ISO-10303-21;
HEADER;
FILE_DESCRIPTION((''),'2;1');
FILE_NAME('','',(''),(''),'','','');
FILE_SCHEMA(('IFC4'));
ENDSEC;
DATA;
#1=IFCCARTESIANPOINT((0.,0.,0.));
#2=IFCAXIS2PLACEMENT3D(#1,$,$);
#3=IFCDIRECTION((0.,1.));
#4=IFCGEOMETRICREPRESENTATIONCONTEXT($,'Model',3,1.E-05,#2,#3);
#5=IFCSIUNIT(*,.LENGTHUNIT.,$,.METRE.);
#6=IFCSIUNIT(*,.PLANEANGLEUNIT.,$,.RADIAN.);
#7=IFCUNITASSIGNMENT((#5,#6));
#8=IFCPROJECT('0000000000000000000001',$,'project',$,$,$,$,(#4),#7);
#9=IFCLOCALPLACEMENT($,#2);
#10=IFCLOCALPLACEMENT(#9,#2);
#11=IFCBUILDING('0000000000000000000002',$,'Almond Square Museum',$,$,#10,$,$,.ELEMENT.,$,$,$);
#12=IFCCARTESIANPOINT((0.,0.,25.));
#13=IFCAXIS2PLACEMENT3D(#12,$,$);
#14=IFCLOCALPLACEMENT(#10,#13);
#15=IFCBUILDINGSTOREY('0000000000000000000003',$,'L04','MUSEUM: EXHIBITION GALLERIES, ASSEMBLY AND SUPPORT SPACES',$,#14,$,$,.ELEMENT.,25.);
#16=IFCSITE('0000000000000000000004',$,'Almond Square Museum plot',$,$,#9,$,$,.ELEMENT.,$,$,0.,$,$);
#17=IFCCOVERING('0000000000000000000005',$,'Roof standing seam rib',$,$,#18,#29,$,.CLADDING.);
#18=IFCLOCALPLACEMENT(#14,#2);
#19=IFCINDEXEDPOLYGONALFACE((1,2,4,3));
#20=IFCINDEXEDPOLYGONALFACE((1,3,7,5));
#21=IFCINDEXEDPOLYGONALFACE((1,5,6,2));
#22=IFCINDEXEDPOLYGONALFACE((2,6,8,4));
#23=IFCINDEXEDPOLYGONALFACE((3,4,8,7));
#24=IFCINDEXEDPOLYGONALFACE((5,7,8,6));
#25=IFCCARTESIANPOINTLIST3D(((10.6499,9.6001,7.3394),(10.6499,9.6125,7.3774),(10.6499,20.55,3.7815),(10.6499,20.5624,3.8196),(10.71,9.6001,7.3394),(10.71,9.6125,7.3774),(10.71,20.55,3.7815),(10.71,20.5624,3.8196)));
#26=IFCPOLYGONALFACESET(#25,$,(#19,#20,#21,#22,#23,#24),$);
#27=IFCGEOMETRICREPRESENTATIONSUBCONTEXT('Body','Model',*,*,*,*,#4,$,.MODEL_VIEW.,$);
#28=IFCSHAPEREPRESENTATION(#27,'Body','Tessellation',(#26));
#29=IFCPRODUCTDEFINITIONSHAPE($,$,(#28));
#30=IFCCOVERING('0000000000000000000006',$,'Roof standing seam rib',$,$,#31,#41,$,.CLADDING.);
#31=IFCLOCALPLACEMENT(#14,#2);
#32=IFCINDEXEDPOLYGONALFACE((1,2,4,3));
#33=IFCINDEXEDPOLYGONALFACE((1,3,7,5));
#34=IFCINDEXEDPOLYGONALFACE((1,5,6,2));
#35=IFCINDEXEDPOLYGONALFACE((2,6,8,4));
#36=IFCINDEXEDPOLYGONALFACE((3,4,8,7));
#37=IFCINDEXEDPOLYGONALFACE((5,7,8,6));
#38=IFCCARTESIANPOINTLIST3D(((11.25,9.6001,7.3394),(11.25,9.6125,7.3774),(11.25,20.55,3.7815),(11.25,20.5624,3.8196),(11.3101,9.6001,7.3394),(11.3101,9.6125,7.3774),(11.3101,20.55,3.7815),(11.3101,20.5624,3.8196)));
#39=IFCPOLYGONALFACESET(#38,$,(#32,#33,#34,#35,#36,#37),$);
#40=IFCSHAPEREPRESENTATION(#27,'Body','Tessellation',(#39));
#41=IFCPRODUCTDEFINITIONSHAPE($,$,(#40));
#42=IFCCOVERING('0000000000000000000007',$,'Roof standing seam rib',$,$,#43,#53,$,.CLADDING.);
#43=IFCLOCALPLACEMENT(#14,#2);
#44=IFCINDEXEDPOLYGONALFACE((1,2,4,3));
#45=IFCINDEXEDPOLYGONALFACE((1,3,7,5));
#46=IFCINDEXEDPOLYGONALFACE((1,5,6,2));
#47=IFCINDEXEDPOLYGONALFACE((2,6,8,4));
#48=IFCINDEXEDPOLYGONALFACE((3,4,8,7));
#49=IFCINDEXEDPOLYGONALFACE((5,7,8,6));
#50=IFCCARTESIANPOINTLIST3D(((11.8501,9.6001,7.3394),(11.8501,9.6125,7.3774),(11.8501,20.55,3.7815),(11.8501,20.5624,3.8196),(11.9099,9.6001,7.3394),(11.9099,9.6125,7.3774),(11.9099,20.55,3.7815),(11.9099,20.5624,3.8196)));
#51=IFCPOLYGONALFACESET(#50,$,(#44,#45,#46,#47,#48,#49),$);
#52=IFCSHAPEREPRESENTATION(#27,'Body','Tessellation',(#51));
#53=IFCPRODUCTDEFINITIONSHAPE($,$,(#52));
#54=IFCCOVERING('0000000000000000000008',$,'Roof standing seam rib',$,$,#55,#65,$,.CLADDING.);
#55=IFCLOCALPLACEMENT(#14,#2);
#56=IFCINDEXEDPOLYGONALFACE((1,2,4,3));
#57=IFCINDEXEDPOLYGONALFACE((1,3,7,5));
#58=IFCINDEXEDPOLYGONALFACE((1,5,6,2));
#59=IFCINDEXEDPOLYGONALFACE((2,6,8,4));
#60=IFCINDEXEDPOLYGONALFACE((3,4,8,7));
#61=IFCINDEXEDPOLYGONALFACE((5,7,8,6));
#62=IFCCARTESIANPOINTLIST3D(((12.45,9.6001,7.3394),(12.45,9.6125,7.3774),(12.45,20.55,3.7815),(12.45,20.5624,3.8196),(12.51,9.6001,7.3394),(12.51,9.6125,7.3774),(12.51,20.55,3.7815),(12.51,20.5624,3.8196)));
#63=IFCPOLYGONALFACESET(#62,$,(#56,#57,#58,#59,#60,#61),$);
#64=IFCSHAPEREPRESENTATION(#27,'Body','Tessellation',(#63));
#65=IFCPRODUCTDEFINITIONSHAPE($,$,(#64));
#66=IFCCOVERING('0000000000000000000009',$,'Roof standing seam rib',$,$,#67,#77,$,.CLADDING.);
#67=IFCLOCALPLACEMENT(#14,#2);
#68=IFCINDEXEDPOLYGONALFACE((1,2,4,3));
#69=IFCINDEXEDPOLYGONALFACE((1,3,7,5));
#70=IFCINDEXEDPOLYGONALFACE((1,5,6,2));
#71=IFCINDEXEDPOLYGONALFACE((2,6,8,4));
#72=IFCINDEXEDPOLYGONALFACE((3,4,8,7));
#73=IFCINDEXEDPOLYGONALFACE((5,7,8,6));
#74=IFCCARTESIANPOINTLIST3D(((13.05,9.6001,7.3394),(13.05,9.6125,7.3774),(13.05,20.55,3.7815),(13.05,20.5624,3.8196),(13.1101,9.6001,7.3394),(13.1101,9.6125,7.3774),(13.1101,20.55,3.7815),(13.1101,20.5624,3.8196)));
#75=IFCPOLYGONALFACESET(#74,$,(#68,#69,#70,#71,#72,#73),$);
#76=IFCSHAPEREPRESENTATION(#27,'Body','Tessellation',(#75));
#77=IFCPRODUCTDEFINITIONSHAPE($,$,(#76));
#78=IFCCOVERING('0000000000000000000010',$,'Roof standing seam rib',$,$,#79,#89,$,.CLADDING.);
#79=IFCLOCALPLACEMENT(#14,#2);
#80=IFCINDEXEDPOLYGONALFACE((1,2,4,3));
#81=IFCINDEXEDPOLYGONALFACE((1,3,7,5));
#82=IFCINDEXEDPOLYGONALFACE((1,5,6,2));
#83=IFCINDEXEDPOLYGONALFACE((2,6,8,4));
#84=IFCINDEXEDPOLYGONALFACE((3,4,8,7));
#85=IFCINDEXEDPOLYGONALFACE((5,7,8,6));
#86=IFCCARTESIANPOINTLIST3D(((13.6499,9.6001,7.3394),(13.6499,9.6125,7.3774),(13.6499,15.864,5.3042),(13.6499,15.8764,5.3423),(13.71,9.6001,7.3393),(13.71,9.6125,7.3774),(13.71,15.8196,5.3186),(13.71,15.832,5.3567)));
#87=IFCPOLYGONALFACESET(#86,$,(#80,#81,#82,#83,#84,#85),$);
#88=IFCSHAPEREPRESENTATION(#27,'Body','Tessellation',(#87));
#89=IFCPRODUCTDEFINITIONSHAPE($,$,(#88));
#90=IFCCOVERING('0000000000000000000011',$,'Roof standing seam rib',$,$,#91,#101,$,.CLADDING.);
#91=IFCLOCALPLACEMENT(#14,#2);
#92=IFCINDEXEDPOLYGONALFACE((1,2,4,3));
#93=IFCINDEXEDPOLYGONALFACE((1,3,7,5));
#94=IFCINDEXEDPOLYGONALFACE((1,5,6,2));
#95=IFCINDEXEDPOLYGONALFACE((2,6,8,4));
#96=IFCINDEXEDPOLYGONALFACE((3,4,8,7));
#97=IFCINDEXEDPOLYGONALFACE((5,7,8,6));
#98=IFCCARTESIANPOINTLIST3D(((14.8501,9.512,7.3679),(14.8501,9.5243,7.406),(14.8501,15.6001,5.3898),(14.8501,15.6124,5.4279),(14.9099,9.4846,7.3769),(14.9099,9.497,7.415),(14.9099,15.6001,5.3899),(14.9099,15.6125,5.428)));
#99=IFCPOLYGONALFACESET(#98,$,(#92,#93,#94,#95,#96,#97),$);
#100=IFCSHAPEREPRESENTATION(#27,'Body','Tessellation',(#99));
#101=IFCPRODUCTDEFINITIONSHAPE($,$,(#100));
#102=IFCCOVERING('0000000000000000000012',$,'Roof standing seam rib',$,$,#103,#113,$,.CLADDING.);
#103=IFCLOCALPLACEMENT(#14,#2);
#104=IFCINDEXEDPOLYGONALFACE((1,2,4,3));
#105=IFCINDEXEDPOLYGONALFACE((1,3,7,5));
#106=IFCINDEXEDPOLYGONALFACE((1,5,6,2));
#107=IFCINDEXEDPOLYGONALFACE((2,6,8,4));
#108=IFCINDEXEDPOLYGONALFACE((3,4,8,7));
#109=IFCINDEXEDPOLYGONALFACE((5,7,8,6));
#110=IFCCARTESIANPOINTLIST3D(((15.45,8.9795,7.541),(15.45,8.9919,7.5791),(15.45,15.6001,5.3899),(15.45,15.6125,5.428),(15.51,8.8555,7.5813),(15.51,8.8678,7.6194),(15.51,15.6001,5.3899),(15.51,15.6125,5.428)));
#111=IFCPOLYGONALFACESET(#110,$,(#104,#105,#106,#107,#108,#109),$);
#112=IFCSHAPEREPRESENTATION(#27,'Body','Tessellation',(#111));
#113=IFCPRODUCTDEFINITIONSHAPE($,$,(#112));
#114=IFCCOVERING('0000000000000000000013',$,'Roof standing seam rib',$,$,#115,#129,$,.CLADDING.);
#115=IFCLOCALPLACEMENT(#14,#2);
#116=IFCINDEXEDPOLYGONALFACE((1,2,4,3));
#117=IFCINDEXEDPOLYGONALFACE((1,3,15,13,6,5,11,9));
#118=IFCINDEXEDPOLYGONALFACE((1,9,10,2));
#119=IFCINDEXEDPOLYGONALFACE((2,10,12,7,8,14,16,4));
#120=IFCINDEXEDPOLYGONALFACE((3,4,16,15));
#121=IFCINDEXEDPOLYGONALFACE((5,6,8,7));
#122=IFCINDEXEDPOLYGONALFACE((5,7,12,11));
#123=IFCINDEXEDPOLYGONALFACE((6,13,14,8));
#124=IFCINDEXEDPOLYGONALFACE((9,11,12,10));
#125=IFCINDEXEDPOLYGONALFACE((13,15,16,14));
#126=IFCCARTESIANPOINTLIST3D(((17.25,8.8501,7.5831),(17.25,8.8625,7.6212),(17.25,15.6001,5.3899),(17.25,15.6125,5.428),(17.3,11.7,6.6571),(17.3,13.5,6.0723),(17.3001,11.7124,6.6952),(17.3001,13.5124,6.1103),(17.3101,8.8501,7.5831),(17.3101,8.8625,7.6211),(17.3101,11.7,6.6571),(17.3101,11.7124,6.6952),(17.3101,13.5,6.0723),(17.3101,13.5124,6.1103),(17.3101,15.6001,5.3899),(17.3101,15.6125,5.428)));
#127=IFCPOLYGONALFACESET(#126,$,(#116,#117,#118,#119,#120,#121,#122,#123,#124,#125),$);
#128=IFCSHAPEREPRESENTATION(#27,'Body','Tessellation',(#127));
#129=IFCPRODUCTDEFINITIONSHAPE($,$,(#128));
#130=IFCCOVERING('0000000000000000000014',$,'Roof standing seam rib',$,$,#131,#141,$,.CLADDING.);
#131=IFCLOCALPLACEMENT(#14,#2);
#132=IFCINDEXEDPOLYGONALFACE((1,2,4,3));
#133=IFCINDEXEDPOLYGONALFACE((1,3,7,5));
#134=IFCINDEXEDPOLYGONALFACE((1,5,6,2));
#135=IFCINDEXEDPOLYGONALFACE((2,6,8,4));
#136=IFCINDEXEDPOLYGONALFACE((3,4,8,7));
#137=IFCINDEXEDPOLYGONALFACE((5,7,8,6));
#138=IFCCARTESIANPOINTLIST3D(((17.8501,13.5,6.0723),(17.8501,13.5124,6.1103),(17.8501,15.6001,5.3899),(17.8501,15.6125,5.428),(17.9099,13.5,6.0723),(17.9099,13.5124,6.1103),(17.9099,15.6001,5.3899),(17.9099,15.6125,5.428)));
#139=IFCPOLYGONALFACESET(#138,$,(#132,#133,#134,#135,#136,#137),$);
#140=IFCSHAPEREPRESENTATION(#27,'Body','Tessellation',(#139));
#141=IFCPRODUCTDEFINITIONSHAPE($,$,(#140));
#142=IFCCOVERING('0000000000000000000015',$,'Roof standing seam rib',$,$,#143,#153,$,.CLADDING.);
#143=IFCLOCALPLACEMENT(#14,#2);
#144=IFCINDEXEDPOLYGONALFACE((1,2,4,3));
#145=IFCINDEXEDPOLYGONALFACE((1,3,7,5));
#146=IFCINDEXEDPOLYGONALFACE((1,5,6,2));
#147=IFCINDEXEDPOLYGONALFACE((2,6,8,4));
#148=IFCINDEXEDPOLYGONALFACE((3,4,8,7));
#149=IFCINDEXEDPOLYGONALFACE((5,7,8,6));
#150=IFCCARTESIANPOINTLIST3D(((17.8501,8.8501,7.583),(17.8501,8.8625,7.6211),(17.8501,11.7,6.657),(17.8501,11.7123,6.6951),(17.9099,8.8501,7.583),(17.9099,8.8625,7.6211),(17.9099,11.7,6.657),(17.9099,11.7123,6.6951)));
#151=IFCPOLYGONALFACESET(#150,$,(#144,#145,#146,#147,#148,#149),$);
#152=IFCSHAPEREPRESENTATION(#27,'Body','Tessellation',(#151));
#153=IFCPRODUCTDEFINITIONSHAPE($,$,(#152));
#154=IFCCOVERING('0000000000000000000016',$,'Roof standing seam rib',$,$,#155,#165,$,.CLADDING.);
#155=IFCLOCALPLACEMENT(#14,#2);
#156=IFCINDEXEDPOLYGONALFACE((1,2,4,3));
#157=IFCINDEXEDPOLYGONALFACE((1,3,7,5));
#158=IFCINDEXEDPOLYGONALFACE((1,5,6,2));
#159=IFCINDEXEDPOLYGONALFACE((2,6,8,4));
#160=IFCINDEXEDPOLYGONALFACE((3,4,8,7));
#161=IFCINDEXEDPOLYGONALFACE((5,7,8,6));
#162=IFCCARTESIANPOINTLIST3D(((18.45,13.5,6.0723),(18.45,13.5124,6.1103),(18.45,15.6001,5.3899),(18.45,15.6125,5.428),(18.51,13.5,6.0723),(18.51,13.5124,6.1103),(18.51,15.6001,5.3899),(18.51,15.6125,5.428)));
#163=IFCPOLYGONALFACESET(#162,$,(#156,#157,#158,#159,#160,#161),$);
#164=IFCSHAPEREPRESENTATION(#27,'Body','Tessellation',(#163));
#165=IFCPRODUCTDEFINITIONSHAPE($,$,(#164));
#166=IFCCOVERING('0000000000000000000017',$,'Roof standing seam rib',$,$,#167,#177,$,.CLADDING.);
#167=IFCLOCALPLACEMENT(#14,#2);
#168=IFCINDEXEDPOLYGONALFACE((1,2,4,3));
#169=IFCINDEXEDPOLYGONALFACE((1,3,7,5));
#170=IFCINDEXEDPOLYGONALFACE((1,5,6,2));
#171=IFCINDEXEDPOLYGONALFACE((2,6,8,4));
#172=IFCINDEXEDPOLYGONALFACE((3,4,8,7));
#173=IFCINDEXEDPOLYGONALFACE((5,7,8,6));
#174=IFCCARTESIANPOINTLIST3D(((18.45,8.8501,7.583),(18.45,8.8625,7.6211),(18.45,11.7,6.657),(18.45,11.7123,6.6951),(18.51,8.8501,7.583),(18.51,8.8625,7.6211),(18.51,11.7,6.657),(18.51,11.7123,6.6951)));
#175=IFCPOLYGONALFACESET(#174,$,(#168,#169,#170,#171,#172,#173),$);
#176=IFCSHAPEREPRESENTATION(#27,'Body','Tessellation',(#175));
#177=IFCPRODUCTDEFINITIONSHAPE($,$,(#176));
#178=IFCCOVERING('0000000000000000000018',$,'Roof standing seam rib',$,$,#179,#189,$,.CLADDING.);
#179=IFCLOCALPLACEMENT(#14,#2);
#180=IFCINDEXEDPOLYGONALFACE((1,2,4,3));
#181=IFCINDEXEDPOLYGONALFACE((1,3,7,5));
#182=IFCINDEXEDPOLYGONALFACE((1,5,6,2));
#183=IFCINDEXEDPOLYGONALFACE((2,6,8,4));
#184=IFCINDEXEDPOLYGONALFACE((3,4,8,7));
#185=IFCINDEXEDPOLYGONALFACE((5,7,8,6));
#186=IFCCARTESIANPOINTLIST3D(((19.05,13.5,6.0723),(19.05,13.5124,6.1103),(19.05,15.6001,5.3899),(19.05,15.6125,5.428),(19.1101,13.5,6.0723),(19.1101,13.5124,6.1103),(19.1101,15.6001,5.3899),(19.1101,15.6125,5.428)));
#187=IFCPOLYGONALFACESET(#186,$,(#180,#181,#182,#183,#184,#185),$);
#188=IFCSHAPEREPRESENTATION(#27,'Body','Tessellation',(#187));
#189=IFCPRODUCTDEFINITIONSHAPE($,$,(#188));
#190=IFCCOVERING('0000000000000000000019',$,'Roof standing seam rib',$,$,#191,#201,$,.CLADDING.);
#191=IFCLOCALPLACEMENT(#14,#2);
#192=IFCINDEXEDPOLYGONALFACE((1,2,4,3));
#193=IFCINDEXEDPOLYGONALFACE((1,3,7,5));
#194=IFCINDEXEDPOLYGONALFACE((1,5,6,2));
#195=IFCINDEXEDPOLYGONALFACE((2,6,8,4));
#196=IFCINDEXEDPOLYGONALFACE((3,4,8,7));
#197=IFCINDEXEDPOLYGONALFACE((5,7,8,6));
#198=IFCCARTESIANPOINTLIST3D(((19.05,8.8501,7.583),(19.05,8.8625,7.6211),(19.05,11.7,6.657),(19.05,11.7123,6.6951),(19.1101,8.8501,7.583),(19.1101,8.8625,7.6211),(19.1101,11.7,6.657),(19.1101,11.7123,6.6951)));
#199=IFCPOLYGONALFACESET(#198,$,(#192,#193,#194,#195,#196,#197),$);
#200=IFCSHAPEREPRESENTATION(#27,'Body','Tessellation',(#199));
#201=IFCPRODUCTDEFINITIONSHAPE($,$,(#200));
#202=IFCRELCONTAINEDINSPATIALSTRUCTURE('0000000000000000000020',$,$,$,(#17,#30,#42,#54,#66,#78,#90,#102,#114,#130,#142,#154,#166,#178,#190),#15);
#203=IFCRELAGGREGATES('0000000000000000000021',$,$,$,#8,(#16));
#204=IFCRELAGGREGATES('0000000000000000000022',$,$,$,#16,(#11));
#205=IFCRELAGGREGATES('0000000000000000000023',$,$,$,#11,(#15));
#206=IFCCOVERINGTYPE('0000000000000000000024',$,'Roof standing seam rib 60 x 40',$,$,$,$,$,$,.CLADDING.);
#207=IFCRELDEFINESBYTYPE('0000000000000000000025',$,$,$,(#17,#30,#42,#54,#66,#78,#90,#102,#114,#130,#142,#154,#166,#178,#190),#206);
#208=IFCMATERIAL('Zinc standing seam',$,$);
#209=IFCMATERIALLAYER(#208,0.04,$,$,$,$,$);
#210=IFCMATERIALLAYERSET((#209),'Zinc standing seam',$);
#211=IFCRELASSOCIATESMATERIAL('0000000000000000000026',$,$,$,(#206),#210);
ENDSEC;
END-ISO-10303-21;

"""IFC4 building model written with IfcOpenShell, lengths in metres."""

from ifc_helpers import new_model, si_unit, direction, frame, origin, place, context, subcontext, project, spatial, polyline, outline, extrude, material, layer, layer_set, type_object, element, save


model = new_model("IFC4")

# Units and contexts
model_context = context("Model", 3, precision=1e-05, world=origin(), true_north=direction((0.0, 1.0)))
body_context = subcontext(model_context, "Body", "Model", "MODEL_VIEW")
ifc_project = project(units=[si_unit("LENGTHUNIT", "METRE"), si_unit("PLANEANGLEUNIT", "RADIAN")], contexts=[model_context])

# Site, building, storey
site_placement = place(None, origin())
site = spatial("IfcSite", under=ifc_project, at=site_placement, Name="Almond Square Museum plot", CompositionType="ELEMENT", RefElevation=0.0)
building_placement = place(site_placement, origin())
building = spatial("IfcBuilding", under=site, at=building_placement, Name="Almond Square Museum", CompositionType="ELEMENT")
storey_placement = place(building_placement, frame((0.0, 0.0, 25.0)))
storey = spatial("IfcBuildingStorey", under=building, at=storey_placement, Name="L04", Description="MUSEUM: EXHIBITION GALLERIES, ASSEMBLY AND SUPPORT SPACES", CompositionType="ELEMENT", Elevation=25.0)

# Coverings
ifc_material_1 = material(Name="Zinc standing seam")
ifc_layer_1 = layer(ifc_material_1, 0.04)
ifc_layer_set_1 = layer_set([ifc_layer_1], Name="Zinc standing seam")
covering_type = type_object("IfcCoveringType", Name="Roof standing seam rib 60 x 40", PredefinedType="CLADDING", material=ifc_layer_set_1)
for number, where, z_axis, x_axis, name in (
    (1, (10.71, 9.6001, 7.3394), (0.0, 0.309018, 0.951056), (0.0, 0.951056, -0.309018), "Roof standing seam rib"),
    (2, (11.3101, 9.6001, 7.3394), (0.0, 0.309018, 0.951056), (0.0, 0.951056, -0.309018), "Roof standing seam rib"),
):
    element("IfcCovering", number, at=place(storey_placement, frame(where, z_axis=z_axis, x_axis=x_axis)), inside=storey, type_object=covering_type, Name=name, PredefinedType="CLADDING", context=body_context, shape_type="SweptSolid", body=[
        extrude(outline(polyline([(0.0, 0.0), (11.5135, 0.0), (11.5135, 0.0601), (0.0, 0.0601), (0.0, 0.0)])), origin(), (0.0, 0.0, 1.0), 0.04),
    ])
covering_1_placement = place(storey_placement, frame((11.9099, 9.6001, 7.3394), z_axis=(0.0, 0.309018, 0.951056), x_axis=(0.0, 0.951056, -0.309018)))
element("IfcCovering", 3, at=covering_1_placement, inside=storey, type_object=covering_type, Name="Roof standing seam rib", PredefinedType="CLADDING", context=body_context, shape_type="SweptSolid", body=[
    extrude(outline(polyline([(0.0, 0.0), (11.5135, 0.0), (11.5135, 0.0598), (0.0, 0.0598), (0.0, 0.0)])), origin(), (0.0, 0.0, 1.0), 0.04),
])
for number, where, z_axis, x_axis, name in (
    (4, (12.51, 9.6001, 7.3394), (0.0, 0.309018, 0.951056), (0.0, 0.951056, -0.309018), "Roof standing seam rib"),
    (5, (13.1101, 9.6001, 7.3394), (0.0, 0.309018, 0.951056), (0.0, 0.951056, -0.309018), "Roof standing seam rib"),
):
    element("IfcCovering", number, at=place(storey_placement, frame(where, z_axis=z_axis, x_axis=x_axis)), inside=storey, type_object=covering_type, Name=name, PredefinedType="CLADDING", context=body_context, shape_type="SweptSolid", body=[
        extrude(outline(polyline([(0.0, 0.0), (11.5135, 0.0), (11.5135, 0.0601), (0.0, 0.0601), (0.0, 0.0)])), origin(), (0.0, 0.0, 1.0), 0.04),
    ])
covering_2_placement = place(storey_placement, frame((13.6499, 9.6001, 7.3394), z_axis=(0.000256, 0.309004, 0.951061), x_axis=(1.0, -0.000079, -0.000244)))
element("IfcCovering", 6, at=covering_2_placement, inside=storey, type_object=covering_type, Name="Roof standing seam rib", PredefinedType="CLADDING", context=body_context, shape_type="SweptSolid", body=[
    extrude(outline(polyline([(0.0, 0.0), (0.0601, 0.0), (0.0601, 6.5395), (0.0, 6.5862), (0.0, 0.0)])), origin(), (0.0, 0.0, 1.0), 0.04),
])
covering_3_placement = place(storey_placement, frame((14.9099, 15.6001, 5.3899), z_axis=(-0.001184, 0.309009, 0.951058), x_axis=(-0.999999, -0.000366, -0.001126)))
element("IfcCovering", 7, at=covering_3_placement, inside=storey, type_object=covering_type, Name="Roof standing seam rib", PredefinedType="CLADDING", context=body_context, shape_type="SweptSolid", body=[
    extrude(outline(polyline([(0.0, 0.0), (0.0598, 0.0), (0.0598, 6.4014), (0.0, 6.4302), (0.0, 0.0)])), origin(), (0.0, 0.0, 1.0), 0.04),
])
covering_4_placement = place(storey_placement, frame((15.51, 15.6001, 5.3899), z_axis=(0.000107, 0.309011, 0.951059), x_axis=(-1.0, 0.000033, 0.000102)))
element("IfcCovering", 8, at=covering_4_placement, inside=storey, type_object=covering_type, Name="Roof standing seam rib", PredefinedType="CLADDING", context=body_context, shape_type="SweptSolid", body=[
    extrude(outline(polyline([(0.0, 0.0), (0.0601, 0.0), (0.0601, 6.9613), (0.0, 7.0917), (0.0, 0.0)])), origin(), (0.0, 0.0, 1.0), 0.04),
])
covering_5_placement = place(storey_placement, frame((17.3, 13.5, 6.0723), z_axis=(0.000334, 0.309008, 0.951059), x_axis=(1.0, -0.000103, -0.000317)))
element("IfcCovering", 9, at=covering_5_placement, inside=storey, type_object=covering_type, Name="Roof standing seam rib", PredefinedType="CLADDING", context=body_context, shape_type="SweptSolid", body=[
    extrude(outline(polyline([(0.0, 0.0), (0.01, 0.0), (0.01, 2.2082), (-0.05, 2.2082), (-0.05, -4.8892), (0.01, -4.8892), (0.01, -1.8926), (0.0, -1.8926), (0.0, 0.0)])), origin(), (0.0, 0.0, 1.0), 0.04),
])
covering_6_placement = place(storey_placement, frame((17.8501, 13.5, 6.0723), z_axis=(0.0, 0.309021, 0.951055), x_axis=(1.0, 0.0, 0.0)))
element("IfcCovering", 10, at=covering_6_placement, inside=storey, type_object=covering_type, Name="Roof standing seam rib", PredefinedType="CLADDING", context=body_context, shape_type="SweptSolid", body=[
    extrude(outline(polyline([(0.0, 0.0), (0.0598, 0.0), (0.0598, 2.2082), (0.0, 2.2082), (0.0, 0.0)])), origin(), (0.0, 0.0, 1.0), 0.04),
])
covering_7_placement = place(storey_placement, frame((17.8501, 11.7, 6.657), z_axis=(0.0, 0.309033, 0.951051), x_axis=(0.0, -0.951051, 0.309033)))
element("IfcCovering", 11, at=covering_7_placement, inside=storey, type_object=covering_type, Name="Roof standing seam rib", PredefinedType="CLADDING", context=body_context, shape_type="SweptSolid", body=[
    extrude(outline(polyline([(0.0, 0.0), (2.9965, 0.0), (2.9965, 0.0598), (0.0, 0.0598), (0.0, 0.0)])), origin(), (0.0, 0.0, 1.0), 0.04),
])
covering_8_placement = place(storey_placement, frame((18.45, 13.5, 6.0723), z_axis=(0.0, 0.309021, 0.951055), x_axis=(1.0, 0.0, 0.0)))
element("IfcCovering", 12, at=covering_8_placement, inside=storey, type_object=covering_type, Name="Roof standing seam rib", PredefinedType="CLADDING", context=body_context, shape_type="SweptSolid", body=[
    extrude(outline(polyline([(0.0, 0.0), (0.0601, 0.0), (0.0601, 2.2082), (0.0, 2.2082), (0.0, 0.0)])), origin(), (0.0, 0.0, 1.0), 0.04),
])
covering_9_placement = place(storey_placement, frame((18.45, 11.7, 6.657), z_axis=(0.0, 0.309033, 0.951051), x_axis=(0.0, -0.951051, 0.309033)))
element("IfcCovering", 13, at=covering_9_placement, inside=storey, type_object=covering_type, Name="Roof standing seam rib", PredefinedType="CLADDING", context=body_context, shape_type="SweptSolid", body=[
    extrude(outline(polyline([(0.0, 0.0), (2.9965, 0.0), (2.9965, 0.0601), (0.0, 0.0601), (0.0, 0.0)])), origin(), (0.0, 0.0, 1.0), 0.04),
])
covering_10_placement = place(storey_placement, frame((19.05, 13.5, 6.0723), z_axis=(0.0, 0.309021, 0.951055), x_axis=(1.0, 0.0, 0.0)))
element("IfcCovering", 14, at=covering_10_placement, inside=storey, type_object=covering_type, Name="Roof standing seam rib", PredefinedType="CLADDING", context=body_context, shape_type="SweptSolid", body=[
    extrude(outline(polyline([(0.0, 0.0), (0.0601, 0.0), (0.0601, 2.2082), (0.0, 2.2082), (0.0, 0.0)])), origin(), (0.0, 0.0, 1.0), 0.04),
])
covering_11_placement = place(storey_placement, frame((19.05, 11.7, 6.657), z_axis=(0.0, 0.309033, 0.951051), x_axis=(0.0, -0.951051, 0.309033)))
element("IfcCovering", 15, at=covering_11_placement, inside=storey, type_object=covering_type, Name="Roof standing seam rib", PredefinedType="CLADDING", context=body_context, shape_type="SweptSolid", body=[
    extrude(outline(polyline([(0.0, 0.0), (2.9965, 0.0), (2.9965, 0.0601), (0.0, 0.0601), (0.0, 0.0)])), origin(), (0.0, 0.0, 1.0), 0.04),
])

save(model, "model.ifc")
